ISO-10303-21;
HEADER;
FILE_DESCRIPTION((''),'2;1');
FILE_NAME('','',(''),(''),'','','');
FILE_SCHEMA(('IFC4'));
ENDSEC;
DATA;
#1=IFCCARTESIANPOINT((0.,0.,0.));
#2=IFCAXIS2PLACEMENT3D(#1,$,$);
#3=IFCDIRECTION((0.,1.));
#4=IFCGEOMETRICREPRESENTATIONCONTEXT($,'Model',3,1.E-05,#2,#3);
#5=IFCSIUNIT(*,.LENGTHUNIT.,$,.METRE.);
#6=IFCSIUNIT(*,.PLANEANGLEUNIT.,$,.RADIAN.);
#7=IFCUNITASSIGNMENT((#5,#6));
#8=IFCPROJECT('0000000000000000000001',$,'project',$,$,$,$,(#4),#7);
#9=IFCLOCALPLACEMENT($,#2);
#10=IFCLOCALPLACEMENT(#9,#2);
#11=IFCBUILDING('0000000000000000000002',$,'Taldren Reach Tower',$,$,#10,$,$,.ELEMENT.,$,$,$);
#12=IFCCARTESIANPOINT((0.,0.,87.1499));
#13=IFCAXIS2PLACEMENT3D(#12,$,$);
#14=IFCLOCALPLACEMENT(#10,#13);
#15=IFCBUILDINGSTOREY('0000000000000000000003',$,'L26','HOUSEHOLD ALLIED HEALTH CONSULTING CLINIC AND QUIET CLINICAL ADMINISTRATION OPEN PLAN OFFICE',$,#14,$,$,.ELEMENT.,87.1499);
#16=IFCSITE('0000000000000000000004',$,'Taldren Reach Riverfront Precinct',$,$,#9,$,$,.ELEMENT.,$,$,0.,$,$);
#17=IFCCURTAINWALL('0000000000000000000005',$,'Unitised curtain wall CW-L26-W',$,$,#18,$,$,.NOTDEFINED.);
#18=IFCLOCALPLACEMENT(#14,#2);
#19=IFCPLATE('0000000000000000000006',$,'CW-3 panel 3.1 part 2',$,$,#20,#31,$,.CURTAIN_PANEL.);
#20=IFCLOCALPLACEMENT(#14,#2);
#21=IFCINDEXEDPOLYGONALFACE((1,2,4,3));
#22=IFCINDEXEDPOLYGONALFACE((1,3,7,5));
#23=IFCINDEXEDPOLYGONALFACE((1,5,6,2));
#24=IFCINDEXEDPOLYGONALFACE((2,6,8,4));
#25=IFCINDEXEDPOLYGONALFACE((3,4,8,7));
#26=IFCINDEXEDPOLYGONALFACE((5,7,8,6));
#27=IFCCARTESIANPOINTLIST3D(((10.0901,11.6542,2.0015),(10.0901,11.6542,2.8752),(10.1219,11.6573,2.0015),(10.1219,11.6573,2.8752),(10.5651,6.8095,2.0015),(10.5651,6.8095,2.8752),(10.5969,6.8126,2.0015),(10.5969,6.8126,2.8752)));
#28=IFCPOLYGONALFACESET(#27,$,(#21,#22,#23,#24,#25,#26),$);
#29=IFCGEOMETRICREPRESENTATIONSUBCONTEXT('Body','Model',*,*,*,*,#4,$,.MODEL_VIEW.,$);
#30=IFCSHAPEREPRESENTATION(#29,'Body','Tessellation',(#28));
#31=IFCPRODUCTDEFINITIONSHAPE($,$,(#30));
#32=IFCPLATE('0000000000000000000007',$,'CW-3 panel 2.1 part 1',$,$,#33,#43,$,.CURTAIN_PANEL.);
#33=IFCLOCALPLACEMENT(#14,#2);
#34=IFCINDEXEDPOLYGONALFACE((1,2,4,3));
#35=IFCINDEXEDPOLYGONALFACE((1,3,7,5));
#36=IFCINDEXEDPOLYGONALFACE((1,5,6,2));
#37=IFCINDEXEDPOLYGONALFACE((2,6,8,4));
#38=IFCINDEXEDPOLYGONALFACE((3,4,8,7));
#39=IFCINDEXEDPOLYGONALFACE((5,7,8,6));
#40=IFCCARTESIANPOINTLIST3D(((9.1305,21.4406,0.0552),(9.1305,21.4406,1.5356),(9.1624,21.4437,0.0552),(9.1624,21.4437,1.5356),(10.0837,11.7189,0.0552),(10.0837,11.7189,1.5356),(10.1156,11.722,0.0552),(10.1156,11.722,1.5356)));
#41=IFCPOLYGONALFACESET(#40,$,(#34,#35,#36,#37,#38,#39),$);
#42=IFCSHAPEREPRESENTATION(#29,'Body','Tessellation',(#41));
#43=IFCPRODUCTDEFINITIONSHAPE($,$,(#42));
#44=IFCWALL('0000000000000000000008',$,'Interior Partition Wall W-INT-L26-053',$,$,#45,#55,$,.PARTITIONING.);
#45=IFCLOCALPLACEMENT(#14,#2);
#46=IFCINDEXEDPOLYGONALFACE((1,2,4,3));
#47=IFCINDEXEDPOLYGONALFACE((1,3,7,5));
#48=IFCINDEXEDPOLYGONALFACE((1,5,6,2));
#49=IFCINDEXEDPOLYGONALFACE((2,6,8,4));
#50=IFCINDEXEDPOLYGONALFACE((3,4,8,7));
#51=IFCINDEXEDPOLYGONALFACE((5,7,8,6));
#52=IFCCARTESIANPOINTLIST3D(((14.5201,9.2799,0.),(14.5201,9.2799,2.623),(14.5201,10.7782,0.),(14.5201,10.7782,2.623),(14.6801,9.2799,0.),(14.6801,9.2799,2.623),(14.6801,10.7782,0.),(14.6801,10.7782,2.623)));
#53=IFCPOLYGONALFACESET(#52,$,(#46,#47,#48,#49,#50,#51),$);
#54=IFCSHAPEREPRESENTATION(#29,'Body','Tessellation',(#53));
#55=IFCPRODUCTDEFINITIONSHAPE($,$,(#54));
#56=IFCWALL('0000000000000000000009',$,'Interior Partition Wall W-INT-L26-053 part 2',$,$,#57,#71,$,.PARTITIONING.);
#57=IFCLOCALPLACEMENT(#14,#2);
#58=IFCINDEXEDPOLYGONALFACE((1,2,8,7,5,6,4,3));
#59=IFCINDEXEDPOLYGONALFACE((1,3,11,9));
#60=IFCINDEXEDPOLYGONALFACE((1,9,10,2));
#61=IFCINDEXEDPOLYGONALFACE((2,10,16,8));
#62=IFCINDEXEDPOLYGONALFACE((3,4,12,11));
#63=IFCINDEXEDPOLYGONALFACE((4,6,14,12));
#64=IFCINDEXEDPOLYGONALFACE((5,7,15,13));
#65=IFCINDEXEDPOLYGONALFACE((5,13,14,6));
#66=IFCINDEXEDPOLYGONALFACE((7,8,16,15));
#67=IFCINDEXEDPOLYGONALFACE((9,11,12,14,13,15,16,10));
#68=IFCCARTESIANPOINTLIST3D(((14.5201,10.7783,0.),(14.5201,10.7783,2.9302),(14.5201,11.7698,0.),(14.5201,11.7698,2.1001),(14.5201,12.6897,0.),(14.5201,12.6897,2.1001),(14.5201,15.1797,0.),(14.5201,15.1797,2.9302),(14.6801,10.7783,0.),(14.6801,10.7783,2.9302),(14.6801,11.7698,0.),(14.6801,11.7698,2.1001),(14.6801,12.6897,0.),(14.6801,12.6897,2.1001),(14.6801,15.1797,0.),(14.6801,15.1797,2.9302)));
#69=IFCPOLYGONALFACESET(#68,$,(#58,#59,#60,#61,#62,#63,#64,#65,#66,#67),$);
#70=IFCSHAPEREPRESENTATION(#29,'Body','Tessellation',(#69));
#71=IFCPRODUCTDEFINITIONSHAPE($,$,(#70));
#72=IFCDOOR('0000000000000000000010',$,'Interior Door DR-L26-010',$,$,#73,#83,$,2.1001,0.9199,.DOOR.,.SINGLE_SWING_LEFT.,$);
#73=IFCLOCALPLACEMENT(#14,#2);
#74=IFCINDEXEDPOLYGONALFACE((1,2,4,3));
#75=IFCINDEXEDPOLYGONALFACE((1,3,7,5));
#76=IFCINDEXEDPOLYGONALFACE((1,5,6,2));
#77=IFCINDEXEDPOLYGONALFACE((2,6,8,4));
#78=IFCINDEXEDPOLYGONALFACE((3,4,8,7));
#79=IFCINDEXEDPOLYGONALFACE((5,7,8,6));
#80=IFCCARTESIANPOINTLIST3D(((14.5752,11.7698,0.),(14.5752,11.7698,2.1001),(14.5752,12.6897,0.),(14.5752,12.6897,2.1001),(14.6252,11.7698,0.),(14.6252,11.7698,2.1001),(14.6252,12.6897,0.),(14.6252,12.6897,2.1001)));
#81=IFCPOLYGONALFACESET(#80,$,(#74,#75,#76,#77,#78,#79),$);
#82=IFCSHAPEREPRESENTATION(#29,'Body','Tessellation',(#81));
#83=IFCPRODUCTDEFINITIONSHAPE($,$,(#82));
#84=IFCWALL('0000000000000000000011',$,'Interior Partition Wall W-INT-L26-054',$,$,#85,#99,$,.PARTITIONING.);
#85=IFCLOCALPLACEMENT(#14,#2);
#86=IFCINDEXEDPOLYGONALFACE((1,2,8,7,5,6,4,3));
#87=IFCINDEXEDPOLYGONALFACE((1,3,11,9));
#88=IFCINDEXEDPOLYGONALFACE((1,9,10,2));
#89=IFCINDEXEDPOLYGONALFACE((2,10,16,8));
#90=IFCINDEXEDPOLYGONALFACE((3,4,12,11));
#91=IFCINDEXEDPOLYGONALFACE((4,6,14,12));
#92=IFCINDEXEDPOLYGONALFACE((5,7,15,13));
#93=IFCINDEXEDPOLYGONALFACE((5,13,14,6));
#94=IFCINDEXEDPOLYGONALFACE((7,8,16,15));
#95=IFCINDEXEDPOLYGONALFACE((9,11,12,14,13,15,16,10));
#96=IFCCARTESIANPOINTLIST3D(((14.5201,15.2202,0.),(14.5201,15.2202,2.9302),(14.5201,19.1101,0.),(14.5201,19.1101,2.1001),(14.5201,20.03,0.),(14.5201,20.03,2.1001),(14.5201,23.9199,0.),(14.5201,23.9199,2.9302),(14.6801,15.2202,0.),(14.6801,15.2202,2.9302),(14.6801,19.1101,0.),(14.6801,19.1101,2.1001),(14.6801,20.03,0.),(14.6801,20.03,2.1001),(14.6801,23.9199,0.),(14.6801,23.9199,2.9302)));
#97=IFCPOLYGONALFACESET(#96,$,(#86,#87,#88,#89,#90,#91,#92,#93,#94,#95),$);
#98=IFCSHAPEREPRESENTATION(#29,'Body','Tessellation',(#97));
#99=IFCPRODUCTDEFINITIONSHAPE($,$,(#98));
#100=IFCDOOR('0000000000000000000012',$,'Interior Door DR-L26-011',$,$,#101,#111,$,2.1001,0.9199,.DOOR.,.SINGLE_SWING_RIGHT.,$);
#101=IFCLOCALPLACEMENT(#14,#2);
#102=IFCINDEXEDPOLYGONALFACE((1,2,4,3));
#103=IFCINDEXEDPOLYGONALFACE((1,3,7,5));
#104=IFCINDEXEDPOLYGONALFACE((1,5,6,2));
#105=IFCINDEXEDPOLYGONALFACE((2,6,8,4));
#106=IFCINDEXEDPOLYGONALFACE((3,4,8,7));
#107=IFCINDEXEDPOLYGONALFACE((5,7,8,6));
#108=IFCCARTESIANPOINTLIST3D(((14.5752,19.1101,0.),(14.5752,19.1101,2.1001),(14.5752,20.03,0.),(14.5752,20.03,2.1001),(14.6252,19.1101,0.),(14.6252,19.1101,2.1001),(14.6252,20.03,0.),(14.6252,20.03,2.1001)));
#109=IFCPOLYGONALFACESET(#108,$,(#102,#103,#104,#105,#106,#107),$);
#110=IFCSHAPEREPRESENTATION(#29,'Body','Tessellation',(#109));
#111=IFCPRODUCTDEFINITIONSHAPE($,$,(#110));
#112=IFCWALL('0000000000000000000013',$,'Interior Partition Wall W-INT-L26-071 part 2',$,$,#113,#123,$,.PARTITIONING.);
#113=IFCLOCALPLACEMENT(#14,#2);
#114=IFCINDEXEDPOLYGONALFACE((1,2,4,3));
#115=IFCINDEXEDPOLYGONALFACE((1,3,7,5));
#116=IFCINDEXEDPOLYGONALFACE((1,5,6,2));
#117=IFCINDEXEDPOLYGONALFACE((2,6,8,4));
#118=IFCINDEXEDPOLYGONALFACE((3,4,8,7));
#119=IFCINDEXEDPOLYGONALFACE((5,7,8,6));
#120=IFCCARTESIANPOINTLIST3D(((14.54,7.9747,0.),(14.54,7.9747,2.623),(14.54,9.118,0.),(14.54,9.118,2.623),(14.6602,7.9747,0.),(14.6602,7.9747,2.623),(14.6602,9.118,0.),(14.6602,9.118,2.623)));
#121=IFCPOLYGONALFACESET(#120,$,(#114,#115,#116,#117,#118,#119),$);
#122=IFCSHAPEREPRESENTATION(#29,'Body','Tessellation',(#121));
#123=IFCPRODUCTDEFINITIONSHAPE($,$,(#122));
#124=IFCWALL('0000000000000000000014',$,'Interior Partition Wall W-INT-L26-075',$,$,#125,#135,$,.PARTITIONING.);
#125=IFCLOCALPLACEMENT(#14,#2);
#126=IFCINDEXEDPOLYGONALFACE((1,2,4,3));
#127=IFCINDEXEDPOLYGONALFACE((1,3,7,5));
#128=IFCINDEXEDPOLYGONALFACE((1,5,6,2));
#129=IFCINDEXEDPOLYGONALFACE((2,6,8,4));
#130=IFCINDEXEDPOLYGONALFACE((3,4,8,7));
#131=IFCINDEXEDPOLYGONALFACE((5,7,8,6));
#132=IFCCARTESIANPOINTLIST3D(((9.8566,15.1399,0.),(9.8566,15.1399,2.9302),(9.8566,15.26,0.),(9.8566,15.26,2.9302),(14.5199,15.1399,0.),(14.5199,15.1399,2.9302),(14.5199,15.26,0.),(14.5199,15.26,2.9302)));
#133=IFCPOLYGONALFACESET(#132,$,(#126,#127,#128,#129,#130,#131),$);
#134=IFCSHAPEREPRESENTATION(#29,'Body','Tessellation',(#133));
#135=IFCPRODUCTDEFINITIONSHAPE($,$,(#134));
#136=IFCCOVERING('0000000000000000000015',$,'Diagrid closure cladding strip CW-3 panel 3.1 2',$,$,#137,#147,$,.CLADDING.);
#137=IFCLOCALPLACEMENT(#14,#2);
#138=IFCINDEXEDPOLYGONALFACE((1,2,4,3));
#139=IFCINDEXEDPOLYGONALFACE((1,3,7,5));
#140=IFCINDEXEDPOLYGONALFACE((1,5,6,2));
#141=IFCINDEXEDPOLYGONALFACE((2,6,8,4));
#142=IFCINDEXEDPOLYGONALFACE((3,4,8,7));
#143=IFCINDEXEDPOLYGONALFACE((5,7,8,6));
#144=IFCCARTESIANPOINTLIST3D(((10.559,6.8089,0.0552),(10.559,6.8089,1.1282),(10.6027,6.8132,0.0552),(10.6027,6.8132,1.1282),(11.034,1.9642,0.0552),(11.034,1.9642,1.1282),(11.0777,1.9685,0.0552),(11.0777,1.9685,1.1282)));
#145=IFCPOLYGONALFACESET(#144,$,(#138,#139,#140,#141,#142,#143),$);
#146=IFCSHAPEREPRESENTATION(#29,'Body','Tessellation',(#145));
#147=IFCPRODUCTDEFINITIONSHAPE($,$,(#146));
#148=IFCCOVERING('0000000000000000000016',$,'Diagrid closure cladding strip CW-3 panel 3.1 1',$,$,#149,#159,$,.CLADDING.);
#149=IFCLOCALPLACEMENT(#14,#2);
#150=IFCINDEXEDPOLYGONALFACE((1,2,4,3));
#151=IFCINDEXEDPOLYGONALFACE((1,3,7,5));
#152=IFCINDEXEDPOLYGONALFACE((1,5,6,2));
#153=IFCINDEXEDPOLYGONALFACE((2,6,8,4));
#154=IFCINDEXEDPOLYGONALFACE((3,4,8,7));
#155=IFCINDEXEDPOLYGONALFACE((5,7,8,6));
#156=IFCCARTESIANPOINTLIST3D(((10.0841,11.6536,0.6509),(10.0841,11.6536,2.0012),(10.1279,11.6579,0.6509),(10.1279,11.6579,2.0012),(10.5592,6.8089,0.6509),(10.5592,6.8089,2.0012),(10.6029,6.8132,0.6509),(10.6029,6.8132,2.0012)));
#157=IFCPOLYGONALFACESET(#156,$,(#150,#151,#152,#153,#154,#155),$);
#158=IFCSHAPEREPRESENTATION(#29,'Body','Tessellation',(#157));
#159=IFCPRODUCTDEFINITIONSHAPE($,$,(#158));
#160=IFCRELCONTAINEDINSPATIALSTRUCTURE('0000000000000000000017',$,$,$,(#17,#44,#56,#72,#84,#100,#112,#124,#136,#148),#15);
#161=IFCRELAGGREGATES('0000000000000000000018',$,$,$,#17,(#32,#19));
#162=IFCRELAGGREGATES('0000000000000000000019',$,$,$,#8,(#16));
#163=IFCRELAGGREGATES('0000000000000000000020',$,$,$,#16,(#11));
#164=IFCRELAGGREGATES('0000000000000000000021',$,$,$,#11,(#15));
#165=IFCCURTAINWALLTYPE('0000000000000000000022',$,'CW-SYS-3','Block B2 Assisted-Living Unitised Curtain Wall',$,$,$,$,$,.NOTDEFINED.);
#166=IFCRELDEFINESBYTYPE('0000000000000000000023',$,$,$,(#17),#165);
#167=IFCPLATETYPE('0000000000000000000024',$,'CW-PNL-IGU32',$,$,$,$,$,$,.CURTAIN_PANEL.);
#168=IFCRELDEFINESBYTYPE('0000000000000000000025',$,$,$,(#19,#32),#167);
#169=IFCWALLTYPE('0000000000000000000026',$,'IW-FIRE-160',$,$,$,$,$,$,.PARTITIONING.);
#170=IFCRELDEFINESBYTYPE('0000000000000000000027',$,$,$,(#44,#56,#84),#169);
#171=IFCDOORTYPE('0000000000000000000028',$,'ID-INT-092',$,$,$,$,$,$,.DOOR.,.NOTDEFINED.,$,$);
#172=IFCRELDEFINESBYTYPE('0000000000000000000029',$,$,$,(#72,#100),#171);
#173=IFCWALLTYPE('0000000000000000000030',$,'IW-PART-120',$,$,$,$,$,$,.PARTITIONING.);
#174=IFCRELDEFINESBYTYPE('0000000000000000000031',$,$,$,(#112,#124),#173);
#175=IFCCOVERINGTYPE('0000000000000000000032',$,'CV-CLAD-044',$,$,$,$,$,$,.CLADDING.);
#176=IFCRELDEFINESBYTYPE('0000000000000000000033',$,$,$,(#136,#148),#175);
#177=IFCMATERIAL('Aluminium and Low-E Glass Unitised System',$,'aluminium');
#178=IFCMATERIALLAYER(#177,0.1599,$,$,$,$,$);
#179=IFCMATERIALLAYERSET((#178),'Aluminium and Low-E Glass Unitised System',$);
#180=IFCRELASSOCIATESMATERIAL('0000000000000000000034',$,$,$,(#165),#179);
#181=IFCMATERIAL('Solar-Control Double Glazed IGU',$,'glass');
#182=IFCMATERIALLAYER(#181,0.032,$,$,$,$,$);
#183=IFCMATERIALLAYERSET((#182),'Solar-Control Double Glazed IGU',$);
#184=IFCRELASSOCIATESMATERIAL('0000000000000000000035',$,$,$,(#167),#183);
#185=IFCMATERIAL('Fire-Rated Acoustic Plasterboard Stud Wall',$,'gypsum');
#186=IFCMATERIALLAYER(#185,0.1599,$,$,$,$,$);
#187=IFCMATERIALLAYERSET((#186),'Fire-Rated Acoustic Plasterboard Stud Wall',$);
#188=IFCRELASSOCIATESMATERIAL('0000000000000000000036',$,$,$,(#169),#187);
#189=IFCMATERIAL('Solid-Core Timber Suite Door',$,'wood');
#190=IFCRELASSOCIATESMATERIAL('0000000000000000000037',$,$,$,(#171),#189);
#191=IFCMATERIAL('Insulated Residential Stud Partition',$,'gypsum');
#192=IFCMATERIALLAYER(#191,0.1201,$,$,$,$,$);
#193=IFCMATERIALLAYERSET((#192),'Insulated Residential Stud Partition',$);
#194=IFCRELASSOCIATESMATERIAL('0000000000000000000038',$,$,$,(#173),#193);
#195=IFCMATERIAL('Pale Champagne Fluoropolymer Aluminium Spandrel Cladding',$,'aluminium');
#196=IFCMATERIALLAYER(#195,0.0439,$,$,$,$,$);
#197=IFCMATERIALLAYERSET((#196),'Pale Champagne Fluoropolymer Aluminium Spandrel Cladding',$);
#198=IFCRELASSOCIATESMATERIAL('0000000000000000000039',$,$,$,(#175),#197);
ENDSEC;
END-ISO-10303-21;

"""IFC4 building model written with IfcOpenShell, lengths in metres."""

from ifc_helpers import new_model, si_unit, direction, frame, frame_2d, origin, origin_2d, place, context, subcontext, project, spatial, rectangle, extrude, source, transform, mapped, material, layer, layer_set, type_object, element, fill, aggregate, save


model = new_model("IFC4")

# Units and contexts
model_context = context("Model", 3, precision=1e-05, world=origin(), true_north=direction((0.0, 1.0)))
body_context = subcontext(model_context, "Body", "Model", "MODEL_VIEW")
ifc_project = project(units=[si_unit("LENGTHUNIT", "METRE"), si_unit("PLANEANGLEUNIT", "RADIAN")], contexts=[model_context])

# Site, building, storey
site_placement = place(None, origin())
site = spatial("IfcSite", under=ifc_project, at=site_placement, Name="Taldren Reach Riverfront Precinct", CompositionType="ELEMENT", RefElevation=0.0)
building_placement = place(site_placement, origin())
building = spatial("IfcBuilding", under=site, at=building_placement, Name="Taldren Reach Tower", CompositionType="ELEMENT")
storey_placement = place(building_placement, frame((0.0, 0.0, 87.1499)))
storey = spatial("IfcBuildingStorey", under=building, at=storey_placement, Name="L26", Description="HOUSEHOLD ALLIED HEALTH CONSULTING CLINIC AND QUIET CLINICAL ADMINISTRATION OPEN PLAN OFFICE", CompositionType="ELEMENT", Elevation=87.1499)

# Curtain wall
ifc_material_1 = material(Name="Aluminium and Low-E Glass Unitised System", Category="aluminium")
ifc_layer_1 = layer(ifc_material_1, 0.1599)
ifc_layer_set_1 = layer_set([ifc_layer_1], Name="Aluminium and Low-E Glass Unitised System")
curtain_wall_type = type_object("IfcCurtainWallType", Name="CW-SYS-3", Description="Block B2 Assisted-Living Unitised Curtain Wall", PredefinedType="NOTDEFINED", material=ifc_layer_set_1)
curtain_wall_placement = place(storey_placement, origin())
curtain_wall = element("IfcCurtainWall", 1, at=curtain_wall_placement, inside=storey, type_object=curtain_wall_type, Name="Unitised curtain wall CW-L26-W", PredefinedType="NOTDEFINED")

# Plates
ifc_material_2 = material(Name="Solar-Control Double Glazed IGU", Category="glass")
ifc_layer_2 = layer(ifc_material_2, 0.032)
ifc_layer_set_2 = layer_set([ifc_layer_2], Name="Solar-Control Double Glazed IGU")
plate_type_1 = type_object("IfcPlateType", Name="CW-PNL-IGU32", PredefinedType="CURTAIN_PANEL", material=ifc_layer_set_2)
shared_shape_1 = source(origin(), body_context, "Body", "SweptSolid", [
    extrude(rectangle(XDim=4.8679, YDim=0.032, at=origin_2d()), origin(), (0.0, 0.0, 1.0), 0.8738),
])
plate_1_placement = place(storey_placement, frame((10.3435, 9.2334, 2.0015), z_axis=(0.0, 0.0, 1.0), x_axis=(0.097583, -0.995227, 0.0)))
plate_1 = element("IfcPlate", 2, at=plate_1_placement, type_object=plate_type_1, Name="CW-3 panel 3.1 part 2", PredefinedType="CURTAIN_PANEL", context=body_context, shape_type="MappedRepresentation", body=[
    mapped(shared_shape_1, transform((0.0, 0.0, 0.0), scale=1.0)),
])
shared_shape_2 = source(origin(), body_context, "Body", "SweptSolid", [
    extrude(rectangle(XDim=9.7683, YDim=0.032, at=origin_2d()), origin(), (0.0, 0.0, 1.0), 1.4805),
])
plate_2_placement = place(storey_placement, frame((9.623, 16.5813, 0.0552), z_axis=(0.0, 0.0, 1.0), x_axis=(0.097583, -0.995227, 0.0)))
plate_2 = element("IfcPlate", 3, at=plate_2_placement, type_object=plate_type_1, Name="CW-3 panel 2.1 part 1", PredefinedType="CURTAIN_PANEL", context=body_context, shape_type="MappedRepresentation", body=[
    mapped(shared_shape_2, transform((0.0, 0.0, 0.0), scale=1.0)),
])
aggregate(curtain_wall, [plate_2, plate_1])

# Wall
ifc_material_3 = material(Name="Fire-Rated Acoustic Plasterboard Stud Wall", Category="gypsum")
ifc_layer_3 = layer(ifc_material_3, 0.1599)
ifc_layer_set_3 = layer_set([ifc_layer_3], Name="Fire-Rated Acoustic Plasterboard Stud Wall")
wall_type_1 = type_object("IfcWallType", Name="IW-FIRE-160", PredefinedType="PARTITIONING", material=ifc_layer_set_3)
shared_shape_3 = source(origin(), body_context, "Body", "SweptSolid", [
    extrude(rectangle(XDim=1.4983, YDim=0.1599, at=frame_2d((0.749, 0.0))), origin(), (0.0, 0.0, 1.0), 2.623),
])
wall_1_placement = place(storey_placement, frame((14.6001, 9.28, 0.0), z_axis=(0.0, 0.0, 1.0), x_axis=(0.0, 1.0, 0.0)))
element("IfcWall", 4, at=wall_1_placement, inside=storey, type_object=wall_type_1, Name="Interior Partition Wall W-INT-L26-053", PredefinedType="PARTITIONING", context=body_context, shape_type="MappedRepresentation", body=[
    mapped(shared_shape_3, transform((0.0, 0.0, 0.0), scale=1.0)),
])

# Walls, openings, doors
shared_shape_4 = source(origin(), body_context, "Body", "SweptSolid", [
    extrude(rectangle(XDim=4.4014, YDim=0.1599, at=frame_2d((2.2007, 0.0))), origin(), (0.0, 0.0, 1.0), 2.9302),
])
wall_2_placement = place(storey_placement, frame((14.6001, 10.7783, 0.0), z_axis=(0.0, 0.0, 1.0), x_axis=(0.0, 1.0, 0.0)))
wall_2 = element("IfcWall", 5, at=wall_2_placement, inside=storey, type_object=wall_type_1, Name="Interior Partition Wall W-INT-L26-053 part 2", PredefinedType="PARTITIONING", context=body_context, shape_type="MappedRepresentation", body=[
    mapped(shared_shape_4, transform((0.0, 0.0, 0.0), scale=1.0)),
])
shared_shape_5 = source(origin(), body_context, "Body", "SweptSolid", [
    extrude(rectangle(XDim=0.9199, YDim=2.1001, at=frame_2d((0.46, 1.05))), frame((0.0, 0.0898, 0.0), z_axis=(0.0, -1.0, 0.0), x_axis=(1.0, 0.0, 0.0)), (0.0, 0.0, 1.0), 0.1799),
])
opening_1_placement = place(wall_2_placement, frame((0.9915, 0.0, 0.0)))
opening_1 = element("IfcOpeningElement", 6, at=opening_1_placement, cuts=wall_2, PredefinedType="OPENING", context=body_context, shape_type="MappedRepresentation", body=[
    mapped(shared_shape_5, transform((0.0, 0.0, 0.0), scale=1.0)),
])
ifc_material_4 = material(Name="Solid-Core Timber Suite Door", Category="wood")
door_type = type_object("IfcDoorType", Name="ID-INT-092", OperationType="NOTDEFINED", PredefinedType="DOOR", material=ifc_material_4)
shared_shape_6 = source(origin(), body_context, "Body", "SweptSolid", [
    extrude(rectangle(XDim=0.9199, YDim=2.1001, at=frame_2d((0.46, 1.05))), frame((0.0, 0.0249, 0.0), z_axis=(0.0, -1.0, 0.0), x_axis=(1.0, 0.0, 0.0)), (0.0, 0.0, 1.0), 0.05),
])
door_1_placement = place(opening_1_placement, origin())
door_1 = element("IfcDoor", 7, at=door_1_placement, inside=storey, type_object=door_type, Name="Interior Door DR-L26-010", OperationType="SINGLE_SWING_LEFT", OverallHeight=2.1001, OverallWidth=0.9199, PredefinedType="DOOR", context=body_context, shape_type="MappedRepresentation", body=[
    mapped(shared_shape_6, transform((0.0, 0.0, 0.0), scale=1.0)),
])
fill(opening_1, door_1)
shared_shape_7 = source(origin(), body_context, "Body", "SweptSolid", [
    extrude(rectangle(XDim=8.6997, YDim=0.1599, at=frame_2d((4.3499, 0.0))), origin(), (0.0, 0.0, 1.0), 2.9302),
])
wall_3_placement = place(storey_placement, frame((14.6001, 15.2202, 0.0), z_axis=(0.0, 0.0, 1.0), x_axis=(0.0, 1.0, 0.0)))
wall_3 = element("IfcWall", 8, at=wall_3_placement, inside=storey, type_object=wall_type_1, Name="Interior Partition Wall W-INT-L26-054", PredefinedType="PARTITIONING", context=body_context, shape_type="MappedRepresentation", body=[
    mapped(shared_shape_7, transform((0.0, 0.0, 0.0), scale=1.0)),
])
opening_2_placement = place(wall_3_placement, frame((3.8899, 0.0, 0.0)))
opening_2 = element("IfcOpeningElement", 9, at=opening_2_placement, cuts=wall_3, PredefinedType="OPENING", context=body_context, shape_type="MappedRepresentation", body=[
    mapped(shared_shape_5, transform((0.0, 0.0, 0.0), scale=1.0)),
])
door_2_placement = place(opening_2_placement, origin())
door_2 = element("IfcDoor", 10, at=door_2_placement, inside=storey, type_object=door_type, Name="Interior Door DR-L26-011", OperationType="SINGLE_SWING_RIGHT", OverallHeight=2.1001, OverallWidth=0.9199, PredefinedType="DOOR", context=body_context, shape_type="MappedRepresentation", body=[
    mapped(shared_shape_6, transform((0.0, 0.0, 0.0), scale=1.0)),
])
fill(opening_2, door_2)

# Walls
ifc_material_5 = material(Name="Insulated Residential Stud Partition", Category="gypsum")
ifc_layer_4 = layer(ifc_material_5, 0.1201)
ifc_layer_set_4 = layer_set([ifc_layer_4], Name="Insulated Residential Stud Partition")
wall_type_2 = type_object("IfcWallType", Name="IW-PART-120", PredefinedType="PARTITIONING", material=ifc_layer_set_4)
shared_shape_8 = source(origin(), body_context, "Body", "SweptSolid", [
    extrude(rectangle(XDim=1.1433, YDim=0.1201, at=frame_2d((0.5718, 0.0))), origin(), (0.0, 0.0, 1.0), 2.623),
])
wall_4_placement = place(storey_placement, frame((14.6001, 7.9746, 0.0), z_axis=(0.0, 0.0, 1.0), x_axis=(0.0, 1.0, 0.0)))
element("IfcWall", 11, at=wall_4_placement, inside=storey, type_object=wall_type_2, Name="Interior Partition Wall W-INT-L26-071 part 2", PredefinedType="PARTITIONING", context=body_context, shape_type="MappedRepresentation", body=[
    mapped(shared_shape_8, transform((0.0, 0.0, 0.0), scale=1.0)),
])
shared_shape_9 = source(origin(), body_context, "Body", "SweptSolid", [
    extrude(rectangle(XDim=4.6633, YDim=0.1201, at=frame_2d((2.3315, 0.0))), origin(), (0.0, 0.0, 1.0), 2.9302),
])
wall_5_placement = place(storey_placement, frame((9.8567, 15.2, 0.0), z_axis=(0.0, 0.0, 1.0), x_axis=(1.0, 0.0, 0.0)))
element("IfcWall", 12, at=wall_5_placement, inside=storey, type_object=wall_type_2, Name="Interior Partition Wall W-INT-L26-075", PredefinedType="PARTITIONING", context=body_context, shape_type="MappedRepresentation", body=[
    mapped(shared_shape_9, transform((0.0, 0.0, 0.0), scale=1.0)),
])

# Coverings
ifc_material_6 = material(Name="Pale Champagne Fluoropolymer Aluminium Spandrel Cladding", Category="aluminium")
ifc_layer_5 = layer(ifc_material_6, 0.0439)
ifc_layer_set_5 = layer_set([ifc_layer_5], Name="Pale Champagne Fluoropolymer Aluminium Spandrel Cladding")
covering_type = type_object("IfcCoveringType", Name="CV-CLAD-044", PredefinedType="CLADDING", material=ifc_layer_set_5)
shared_shape_10 = source(origin(), body_context, "Body", "SweptSolid", [
    extrude(rectangle(XDim=4.8679, YDim=0.0439, at=origin_2d()), origin(), (0.0, 0.0, 1.0), 1.073),
])
covering_1_placement = place(storey_placement, frame((10.8184, 4.3887, 0.0552), z_axis=(0.0, 0.0, 1.0), x_axis=(0.097583, -0.995227, 0.0)))
element("IfcCovering", 13, at=covering_1_placement, inside=storey, type_object=covering_type, Name="Diagrid closure cladding strip CW-3 panel 3.1 2", PredefinedType="CLADDING", context=body_context, shape_type="MappedRepresentation", body=[
    mapped(shared_shape_10, transform((0.0, 0.0, 0.0), scale=1.0)),
])
shared_shape_11 = source(origin(), body_context, "Body", "SweptSolid", [
    extrude(rectangle(XDim=4.8679, YDim=0.0439, at=origin_2d()), origin(), (0.0, 0.0, 1.0), 1.3503),
])
covering_2_placement = place(storey_placement, frame((10.3435, 9.2334, 0.6509), z_axis=(0.0, 0.0, 1.0), x_axis=(0.097583, -0.995227, 0.0)))
element("IfcCovering", 14, at=covering_2_placement, inside=storey, type_object=covering_type, Name="Diagrid closure cladding strip CW-3 panel 3.1 1", PredefinedType="CLADDING", context=body_context, shape_type="MappedRepresentation", body=[
    mapped(shared_shape_11, transform((0.0, 0.0, 0.0), scale=1.0)),
])

save(model, "model.ifc")
